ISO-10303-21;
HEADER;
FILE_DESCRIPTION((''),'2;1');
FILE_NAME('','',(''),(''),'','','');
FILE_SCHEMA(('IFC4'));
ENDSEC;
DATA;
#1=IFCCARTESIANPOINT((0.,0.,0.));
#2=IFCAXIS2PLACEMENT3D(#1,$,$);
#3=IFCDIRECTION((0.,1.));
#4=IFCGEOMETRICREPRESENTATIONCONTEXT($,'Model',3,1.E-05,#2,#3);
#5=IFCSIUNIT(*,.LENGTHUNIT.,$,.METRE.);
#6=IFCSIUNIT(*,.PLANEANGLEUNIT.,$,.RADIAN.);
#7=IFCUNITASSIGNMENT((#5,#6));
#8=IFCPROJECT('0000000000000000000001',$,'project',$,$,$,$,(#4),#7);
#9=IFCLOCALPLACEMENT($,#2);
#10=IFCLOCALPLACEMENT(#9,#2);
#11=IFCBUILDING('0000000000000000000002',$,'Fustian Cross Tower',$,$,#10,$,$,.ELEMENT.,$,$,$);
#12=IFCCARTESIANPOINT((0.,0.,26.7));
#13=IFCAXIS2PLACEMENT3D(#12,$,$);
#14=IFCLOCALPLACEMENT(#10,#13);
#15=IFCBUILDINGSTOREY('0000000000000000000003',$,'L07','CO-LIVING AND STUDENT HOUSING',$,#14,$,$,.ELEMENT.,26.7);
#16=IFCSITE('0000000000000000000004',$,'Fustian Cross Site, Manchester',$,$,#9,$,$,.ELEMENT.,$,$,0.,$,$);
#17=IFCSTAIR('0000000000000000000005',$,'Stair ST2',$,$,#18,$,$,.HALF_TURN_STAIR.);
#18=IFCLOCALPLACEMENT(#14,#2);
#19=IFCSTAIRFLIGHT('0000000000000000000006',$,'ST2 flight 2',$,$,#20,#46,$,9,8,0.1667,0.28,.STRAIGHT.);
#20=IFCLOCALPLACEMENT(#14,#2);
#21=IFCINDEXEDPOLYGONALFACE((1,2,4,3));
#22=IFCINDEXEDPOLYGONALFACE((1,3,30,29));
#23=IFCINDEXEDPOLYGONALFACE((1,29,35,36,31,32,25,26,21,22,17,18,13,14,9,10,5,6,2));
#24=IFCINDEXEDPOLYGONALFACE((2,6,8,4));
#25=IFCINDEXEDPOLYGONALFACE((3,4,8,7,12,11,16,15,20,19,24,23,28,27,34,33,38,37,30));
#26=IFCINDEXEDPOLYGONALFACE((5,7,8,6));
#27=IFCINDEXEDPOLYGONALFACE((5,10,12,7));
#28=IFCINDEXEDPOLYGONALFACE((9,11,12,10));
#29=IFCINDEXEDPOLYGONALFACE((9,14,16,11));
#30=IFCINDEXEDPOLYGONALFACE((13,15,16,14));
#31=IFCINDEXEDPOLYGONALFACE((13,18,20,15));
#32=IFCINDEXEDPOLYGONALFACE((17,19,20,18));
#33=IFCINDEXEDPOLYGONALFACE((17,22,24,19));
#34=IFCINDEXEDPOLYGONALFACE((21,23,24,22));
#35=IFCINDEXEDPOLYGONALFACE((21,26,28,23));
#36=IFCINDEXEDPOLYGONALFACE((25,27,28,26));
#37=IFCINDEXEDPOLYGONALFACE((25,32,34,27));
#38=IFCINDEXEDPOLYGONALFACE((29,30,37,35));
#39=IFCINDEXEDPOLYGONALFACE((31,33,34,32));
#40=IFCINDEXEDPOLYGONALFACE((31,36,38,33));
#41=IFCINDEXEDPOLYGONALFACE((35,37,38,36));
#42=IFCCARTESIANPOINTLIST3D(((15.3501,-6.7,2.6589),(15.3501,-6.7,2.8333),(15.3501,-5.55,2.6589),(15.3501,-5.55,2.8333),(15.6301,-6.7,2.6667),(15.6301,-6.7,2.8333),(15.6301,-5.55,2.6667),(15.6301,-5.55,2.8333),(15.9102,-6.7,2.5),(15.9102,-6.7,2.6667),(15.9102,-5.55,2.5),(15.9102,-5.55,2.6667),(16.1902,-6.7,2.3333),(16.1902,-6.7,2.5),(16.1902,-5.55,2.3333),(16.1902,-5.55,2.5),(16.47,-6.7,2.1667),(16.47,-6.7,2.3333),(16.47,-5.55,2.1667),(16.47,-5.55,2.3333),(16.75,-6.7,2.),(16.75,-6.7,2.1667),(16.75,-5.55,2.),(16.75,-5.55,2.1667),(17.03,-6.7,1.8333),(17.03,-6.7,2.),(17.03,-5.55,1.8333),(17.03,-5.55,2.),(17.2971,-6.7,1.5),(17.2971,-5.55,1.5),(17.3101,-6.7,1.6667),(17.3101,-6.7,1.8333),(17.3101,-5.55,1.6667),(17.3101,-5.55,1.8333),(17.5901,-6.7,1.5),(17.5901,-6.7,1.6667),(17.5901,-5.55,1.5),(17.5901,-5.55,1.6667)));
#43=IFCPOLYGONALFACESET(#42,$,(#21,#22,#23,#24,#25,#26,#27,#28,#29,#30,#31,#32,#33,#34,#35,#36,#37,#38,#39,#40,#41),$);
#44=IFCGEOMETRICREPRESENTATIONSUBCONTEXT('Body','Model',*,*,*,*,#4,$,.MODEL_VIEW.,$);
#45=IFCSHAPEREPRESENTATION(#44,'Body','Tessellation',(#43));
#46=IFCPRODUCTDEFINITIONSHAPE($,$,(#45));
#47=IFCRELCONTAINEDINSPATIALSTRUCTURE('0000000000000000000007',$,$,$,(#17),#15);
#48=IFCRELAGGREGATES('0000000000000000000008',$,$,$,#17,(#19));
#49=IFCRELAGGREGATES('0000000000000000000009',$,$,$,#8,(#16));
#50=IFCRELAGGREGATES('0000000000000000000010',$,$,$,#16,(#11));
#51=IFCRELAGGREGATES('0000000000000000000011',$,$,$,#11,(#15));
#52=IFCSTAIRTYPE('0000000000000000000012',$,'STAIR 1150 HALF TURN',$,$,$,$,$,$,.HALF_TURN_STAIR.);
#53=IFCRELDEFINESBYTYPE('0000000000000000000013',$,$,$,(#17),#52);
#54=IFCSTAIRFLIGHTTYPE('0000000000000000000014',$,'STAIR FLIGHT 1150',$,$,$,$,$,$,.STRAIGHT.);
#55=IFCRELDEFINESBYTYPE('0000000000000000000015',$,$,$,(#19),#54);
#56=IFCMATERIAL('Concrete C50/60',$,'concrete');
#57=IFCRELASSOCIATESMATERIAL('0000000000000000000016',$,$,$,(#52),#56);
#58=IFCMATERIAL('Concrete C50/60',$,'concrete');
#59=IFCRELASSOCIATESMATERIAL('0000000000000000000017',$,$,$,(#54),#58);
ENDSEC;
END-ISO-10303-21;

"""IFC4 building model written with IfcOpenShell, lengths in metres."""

from ifc_helpers import new_model, si_unit, direction, frame, origin, place, context, subcontext, project, spatial, polyline, outline, extrude, material, type_object, element, aggregate, save


model = new_model("IFC4")

# Units and contexts
model_context = context("Model", 3, precision=1e-05, world=origin(), true_north=direction((0.0, 1.0)))
body_context = subcontext(model_context, "Body", "Model", "MODEL_VIEW")
ifc_project = project(units=[si_unit("LENGTHUNIT", "METRE"), si_unit("PLANEANGLEUNIT", "RADIAN")], contexts=[model_context])

# Site, building, storey
site_placement = place(None, origin())
site = spatial("IfcSite", under=ifc_project, at=site_placement, Name="Fustian Cross Site, Manchester", CompositionType="ELEMENT", RefElevation=0.0)
building_placement = place(site_placement, origin())
building = spatial("IfcBuilding", under=site, at=building_placement, Name="Fustian Cross Tower", CompositionType="ELEMENT")
storey_placement = place(building_placement, frame((0.0, 0.0, 26.7)))
storey = spatial("IfcBuildingStorey", under=building, at=storey_placement, Name="L07", Description="CO-LIVING AND STUDENT HOUSING", CompositionType="ELEMENT", Elevation=26.7)

# Stair, stair flight
ifc_material_1 = material(Name="Concrete C50/60", Category="concrete")
stair_type = type_object("IfcStairType", Name="STAIR 1150 HALF TURN", PredefinedType="HALF_TURN_STAIR", material=ifc_material_1)
stair_placement = place(storey_placement, origin())
stair = element("IfcStair", 1, at=stair_placement, inside=storey, type_object=stair_type, Name="Stair ST2", PredefinedType="HALF_TURN_STAIR")
ifc_material_2 = material(Name="Concrete C50/60", Category="concrete")
stair_flight_type = type_object("IfcStairFlightType", Name="STAIR FLIGHT 1150", PredefinedType="STRAIGHT", material=ifc_material_2)
stair_flight_placement = place(storey_placement, frame((17.5901, -6.125, 1.5), z_axis=(0.0, 0.0, 1.0), x_axis=(-1.0, 0.0, 0.0)))
stair_flight = element("IfcStairFlight", 2, at=stair_flight_placement, type_object=stair_flight_type, Name="ST2 flight 2", NumberOfRisers=9, NumberOfTreads=8, PredefinedType="STRAIGHT", RiserHeight=0.1667, TreadLength=0.28, context=body_context, shape_type="SweptSolid", body=[
    extrude(outline(polyline([(0.0, 0.0), (0.0, 0.1667), (0.28, 0.1667), (0.28, 0.3333), (0.5601, 0.3333), (0.5601, 0.5), (0.8401, 0.5), (0.8401, 0.6667), (1.1201, 0.6667), (1.1201, 0.8333), (1.3999, 0.8333), (1.3999, 1.0), (1.6799, 1.0), (1.6799, 1.1667), (1.96, 1.1667), (1.96, 1.3333), (2.24, 1.3333), (2.24, 1.5), (2.24, 1.1589), (0.293, 0.0), (0.0, 0.0)])), frame((0.0, 0.575, 0.0), z_axis=(0.0, -1.0, 0.0), x_axis=(1.0, 0.0, 0.0)), (0.0, 0.0, 1.0), 1.1499),
])
aggregate(stair, [stair_flight])

save(model, "model.ifc")
